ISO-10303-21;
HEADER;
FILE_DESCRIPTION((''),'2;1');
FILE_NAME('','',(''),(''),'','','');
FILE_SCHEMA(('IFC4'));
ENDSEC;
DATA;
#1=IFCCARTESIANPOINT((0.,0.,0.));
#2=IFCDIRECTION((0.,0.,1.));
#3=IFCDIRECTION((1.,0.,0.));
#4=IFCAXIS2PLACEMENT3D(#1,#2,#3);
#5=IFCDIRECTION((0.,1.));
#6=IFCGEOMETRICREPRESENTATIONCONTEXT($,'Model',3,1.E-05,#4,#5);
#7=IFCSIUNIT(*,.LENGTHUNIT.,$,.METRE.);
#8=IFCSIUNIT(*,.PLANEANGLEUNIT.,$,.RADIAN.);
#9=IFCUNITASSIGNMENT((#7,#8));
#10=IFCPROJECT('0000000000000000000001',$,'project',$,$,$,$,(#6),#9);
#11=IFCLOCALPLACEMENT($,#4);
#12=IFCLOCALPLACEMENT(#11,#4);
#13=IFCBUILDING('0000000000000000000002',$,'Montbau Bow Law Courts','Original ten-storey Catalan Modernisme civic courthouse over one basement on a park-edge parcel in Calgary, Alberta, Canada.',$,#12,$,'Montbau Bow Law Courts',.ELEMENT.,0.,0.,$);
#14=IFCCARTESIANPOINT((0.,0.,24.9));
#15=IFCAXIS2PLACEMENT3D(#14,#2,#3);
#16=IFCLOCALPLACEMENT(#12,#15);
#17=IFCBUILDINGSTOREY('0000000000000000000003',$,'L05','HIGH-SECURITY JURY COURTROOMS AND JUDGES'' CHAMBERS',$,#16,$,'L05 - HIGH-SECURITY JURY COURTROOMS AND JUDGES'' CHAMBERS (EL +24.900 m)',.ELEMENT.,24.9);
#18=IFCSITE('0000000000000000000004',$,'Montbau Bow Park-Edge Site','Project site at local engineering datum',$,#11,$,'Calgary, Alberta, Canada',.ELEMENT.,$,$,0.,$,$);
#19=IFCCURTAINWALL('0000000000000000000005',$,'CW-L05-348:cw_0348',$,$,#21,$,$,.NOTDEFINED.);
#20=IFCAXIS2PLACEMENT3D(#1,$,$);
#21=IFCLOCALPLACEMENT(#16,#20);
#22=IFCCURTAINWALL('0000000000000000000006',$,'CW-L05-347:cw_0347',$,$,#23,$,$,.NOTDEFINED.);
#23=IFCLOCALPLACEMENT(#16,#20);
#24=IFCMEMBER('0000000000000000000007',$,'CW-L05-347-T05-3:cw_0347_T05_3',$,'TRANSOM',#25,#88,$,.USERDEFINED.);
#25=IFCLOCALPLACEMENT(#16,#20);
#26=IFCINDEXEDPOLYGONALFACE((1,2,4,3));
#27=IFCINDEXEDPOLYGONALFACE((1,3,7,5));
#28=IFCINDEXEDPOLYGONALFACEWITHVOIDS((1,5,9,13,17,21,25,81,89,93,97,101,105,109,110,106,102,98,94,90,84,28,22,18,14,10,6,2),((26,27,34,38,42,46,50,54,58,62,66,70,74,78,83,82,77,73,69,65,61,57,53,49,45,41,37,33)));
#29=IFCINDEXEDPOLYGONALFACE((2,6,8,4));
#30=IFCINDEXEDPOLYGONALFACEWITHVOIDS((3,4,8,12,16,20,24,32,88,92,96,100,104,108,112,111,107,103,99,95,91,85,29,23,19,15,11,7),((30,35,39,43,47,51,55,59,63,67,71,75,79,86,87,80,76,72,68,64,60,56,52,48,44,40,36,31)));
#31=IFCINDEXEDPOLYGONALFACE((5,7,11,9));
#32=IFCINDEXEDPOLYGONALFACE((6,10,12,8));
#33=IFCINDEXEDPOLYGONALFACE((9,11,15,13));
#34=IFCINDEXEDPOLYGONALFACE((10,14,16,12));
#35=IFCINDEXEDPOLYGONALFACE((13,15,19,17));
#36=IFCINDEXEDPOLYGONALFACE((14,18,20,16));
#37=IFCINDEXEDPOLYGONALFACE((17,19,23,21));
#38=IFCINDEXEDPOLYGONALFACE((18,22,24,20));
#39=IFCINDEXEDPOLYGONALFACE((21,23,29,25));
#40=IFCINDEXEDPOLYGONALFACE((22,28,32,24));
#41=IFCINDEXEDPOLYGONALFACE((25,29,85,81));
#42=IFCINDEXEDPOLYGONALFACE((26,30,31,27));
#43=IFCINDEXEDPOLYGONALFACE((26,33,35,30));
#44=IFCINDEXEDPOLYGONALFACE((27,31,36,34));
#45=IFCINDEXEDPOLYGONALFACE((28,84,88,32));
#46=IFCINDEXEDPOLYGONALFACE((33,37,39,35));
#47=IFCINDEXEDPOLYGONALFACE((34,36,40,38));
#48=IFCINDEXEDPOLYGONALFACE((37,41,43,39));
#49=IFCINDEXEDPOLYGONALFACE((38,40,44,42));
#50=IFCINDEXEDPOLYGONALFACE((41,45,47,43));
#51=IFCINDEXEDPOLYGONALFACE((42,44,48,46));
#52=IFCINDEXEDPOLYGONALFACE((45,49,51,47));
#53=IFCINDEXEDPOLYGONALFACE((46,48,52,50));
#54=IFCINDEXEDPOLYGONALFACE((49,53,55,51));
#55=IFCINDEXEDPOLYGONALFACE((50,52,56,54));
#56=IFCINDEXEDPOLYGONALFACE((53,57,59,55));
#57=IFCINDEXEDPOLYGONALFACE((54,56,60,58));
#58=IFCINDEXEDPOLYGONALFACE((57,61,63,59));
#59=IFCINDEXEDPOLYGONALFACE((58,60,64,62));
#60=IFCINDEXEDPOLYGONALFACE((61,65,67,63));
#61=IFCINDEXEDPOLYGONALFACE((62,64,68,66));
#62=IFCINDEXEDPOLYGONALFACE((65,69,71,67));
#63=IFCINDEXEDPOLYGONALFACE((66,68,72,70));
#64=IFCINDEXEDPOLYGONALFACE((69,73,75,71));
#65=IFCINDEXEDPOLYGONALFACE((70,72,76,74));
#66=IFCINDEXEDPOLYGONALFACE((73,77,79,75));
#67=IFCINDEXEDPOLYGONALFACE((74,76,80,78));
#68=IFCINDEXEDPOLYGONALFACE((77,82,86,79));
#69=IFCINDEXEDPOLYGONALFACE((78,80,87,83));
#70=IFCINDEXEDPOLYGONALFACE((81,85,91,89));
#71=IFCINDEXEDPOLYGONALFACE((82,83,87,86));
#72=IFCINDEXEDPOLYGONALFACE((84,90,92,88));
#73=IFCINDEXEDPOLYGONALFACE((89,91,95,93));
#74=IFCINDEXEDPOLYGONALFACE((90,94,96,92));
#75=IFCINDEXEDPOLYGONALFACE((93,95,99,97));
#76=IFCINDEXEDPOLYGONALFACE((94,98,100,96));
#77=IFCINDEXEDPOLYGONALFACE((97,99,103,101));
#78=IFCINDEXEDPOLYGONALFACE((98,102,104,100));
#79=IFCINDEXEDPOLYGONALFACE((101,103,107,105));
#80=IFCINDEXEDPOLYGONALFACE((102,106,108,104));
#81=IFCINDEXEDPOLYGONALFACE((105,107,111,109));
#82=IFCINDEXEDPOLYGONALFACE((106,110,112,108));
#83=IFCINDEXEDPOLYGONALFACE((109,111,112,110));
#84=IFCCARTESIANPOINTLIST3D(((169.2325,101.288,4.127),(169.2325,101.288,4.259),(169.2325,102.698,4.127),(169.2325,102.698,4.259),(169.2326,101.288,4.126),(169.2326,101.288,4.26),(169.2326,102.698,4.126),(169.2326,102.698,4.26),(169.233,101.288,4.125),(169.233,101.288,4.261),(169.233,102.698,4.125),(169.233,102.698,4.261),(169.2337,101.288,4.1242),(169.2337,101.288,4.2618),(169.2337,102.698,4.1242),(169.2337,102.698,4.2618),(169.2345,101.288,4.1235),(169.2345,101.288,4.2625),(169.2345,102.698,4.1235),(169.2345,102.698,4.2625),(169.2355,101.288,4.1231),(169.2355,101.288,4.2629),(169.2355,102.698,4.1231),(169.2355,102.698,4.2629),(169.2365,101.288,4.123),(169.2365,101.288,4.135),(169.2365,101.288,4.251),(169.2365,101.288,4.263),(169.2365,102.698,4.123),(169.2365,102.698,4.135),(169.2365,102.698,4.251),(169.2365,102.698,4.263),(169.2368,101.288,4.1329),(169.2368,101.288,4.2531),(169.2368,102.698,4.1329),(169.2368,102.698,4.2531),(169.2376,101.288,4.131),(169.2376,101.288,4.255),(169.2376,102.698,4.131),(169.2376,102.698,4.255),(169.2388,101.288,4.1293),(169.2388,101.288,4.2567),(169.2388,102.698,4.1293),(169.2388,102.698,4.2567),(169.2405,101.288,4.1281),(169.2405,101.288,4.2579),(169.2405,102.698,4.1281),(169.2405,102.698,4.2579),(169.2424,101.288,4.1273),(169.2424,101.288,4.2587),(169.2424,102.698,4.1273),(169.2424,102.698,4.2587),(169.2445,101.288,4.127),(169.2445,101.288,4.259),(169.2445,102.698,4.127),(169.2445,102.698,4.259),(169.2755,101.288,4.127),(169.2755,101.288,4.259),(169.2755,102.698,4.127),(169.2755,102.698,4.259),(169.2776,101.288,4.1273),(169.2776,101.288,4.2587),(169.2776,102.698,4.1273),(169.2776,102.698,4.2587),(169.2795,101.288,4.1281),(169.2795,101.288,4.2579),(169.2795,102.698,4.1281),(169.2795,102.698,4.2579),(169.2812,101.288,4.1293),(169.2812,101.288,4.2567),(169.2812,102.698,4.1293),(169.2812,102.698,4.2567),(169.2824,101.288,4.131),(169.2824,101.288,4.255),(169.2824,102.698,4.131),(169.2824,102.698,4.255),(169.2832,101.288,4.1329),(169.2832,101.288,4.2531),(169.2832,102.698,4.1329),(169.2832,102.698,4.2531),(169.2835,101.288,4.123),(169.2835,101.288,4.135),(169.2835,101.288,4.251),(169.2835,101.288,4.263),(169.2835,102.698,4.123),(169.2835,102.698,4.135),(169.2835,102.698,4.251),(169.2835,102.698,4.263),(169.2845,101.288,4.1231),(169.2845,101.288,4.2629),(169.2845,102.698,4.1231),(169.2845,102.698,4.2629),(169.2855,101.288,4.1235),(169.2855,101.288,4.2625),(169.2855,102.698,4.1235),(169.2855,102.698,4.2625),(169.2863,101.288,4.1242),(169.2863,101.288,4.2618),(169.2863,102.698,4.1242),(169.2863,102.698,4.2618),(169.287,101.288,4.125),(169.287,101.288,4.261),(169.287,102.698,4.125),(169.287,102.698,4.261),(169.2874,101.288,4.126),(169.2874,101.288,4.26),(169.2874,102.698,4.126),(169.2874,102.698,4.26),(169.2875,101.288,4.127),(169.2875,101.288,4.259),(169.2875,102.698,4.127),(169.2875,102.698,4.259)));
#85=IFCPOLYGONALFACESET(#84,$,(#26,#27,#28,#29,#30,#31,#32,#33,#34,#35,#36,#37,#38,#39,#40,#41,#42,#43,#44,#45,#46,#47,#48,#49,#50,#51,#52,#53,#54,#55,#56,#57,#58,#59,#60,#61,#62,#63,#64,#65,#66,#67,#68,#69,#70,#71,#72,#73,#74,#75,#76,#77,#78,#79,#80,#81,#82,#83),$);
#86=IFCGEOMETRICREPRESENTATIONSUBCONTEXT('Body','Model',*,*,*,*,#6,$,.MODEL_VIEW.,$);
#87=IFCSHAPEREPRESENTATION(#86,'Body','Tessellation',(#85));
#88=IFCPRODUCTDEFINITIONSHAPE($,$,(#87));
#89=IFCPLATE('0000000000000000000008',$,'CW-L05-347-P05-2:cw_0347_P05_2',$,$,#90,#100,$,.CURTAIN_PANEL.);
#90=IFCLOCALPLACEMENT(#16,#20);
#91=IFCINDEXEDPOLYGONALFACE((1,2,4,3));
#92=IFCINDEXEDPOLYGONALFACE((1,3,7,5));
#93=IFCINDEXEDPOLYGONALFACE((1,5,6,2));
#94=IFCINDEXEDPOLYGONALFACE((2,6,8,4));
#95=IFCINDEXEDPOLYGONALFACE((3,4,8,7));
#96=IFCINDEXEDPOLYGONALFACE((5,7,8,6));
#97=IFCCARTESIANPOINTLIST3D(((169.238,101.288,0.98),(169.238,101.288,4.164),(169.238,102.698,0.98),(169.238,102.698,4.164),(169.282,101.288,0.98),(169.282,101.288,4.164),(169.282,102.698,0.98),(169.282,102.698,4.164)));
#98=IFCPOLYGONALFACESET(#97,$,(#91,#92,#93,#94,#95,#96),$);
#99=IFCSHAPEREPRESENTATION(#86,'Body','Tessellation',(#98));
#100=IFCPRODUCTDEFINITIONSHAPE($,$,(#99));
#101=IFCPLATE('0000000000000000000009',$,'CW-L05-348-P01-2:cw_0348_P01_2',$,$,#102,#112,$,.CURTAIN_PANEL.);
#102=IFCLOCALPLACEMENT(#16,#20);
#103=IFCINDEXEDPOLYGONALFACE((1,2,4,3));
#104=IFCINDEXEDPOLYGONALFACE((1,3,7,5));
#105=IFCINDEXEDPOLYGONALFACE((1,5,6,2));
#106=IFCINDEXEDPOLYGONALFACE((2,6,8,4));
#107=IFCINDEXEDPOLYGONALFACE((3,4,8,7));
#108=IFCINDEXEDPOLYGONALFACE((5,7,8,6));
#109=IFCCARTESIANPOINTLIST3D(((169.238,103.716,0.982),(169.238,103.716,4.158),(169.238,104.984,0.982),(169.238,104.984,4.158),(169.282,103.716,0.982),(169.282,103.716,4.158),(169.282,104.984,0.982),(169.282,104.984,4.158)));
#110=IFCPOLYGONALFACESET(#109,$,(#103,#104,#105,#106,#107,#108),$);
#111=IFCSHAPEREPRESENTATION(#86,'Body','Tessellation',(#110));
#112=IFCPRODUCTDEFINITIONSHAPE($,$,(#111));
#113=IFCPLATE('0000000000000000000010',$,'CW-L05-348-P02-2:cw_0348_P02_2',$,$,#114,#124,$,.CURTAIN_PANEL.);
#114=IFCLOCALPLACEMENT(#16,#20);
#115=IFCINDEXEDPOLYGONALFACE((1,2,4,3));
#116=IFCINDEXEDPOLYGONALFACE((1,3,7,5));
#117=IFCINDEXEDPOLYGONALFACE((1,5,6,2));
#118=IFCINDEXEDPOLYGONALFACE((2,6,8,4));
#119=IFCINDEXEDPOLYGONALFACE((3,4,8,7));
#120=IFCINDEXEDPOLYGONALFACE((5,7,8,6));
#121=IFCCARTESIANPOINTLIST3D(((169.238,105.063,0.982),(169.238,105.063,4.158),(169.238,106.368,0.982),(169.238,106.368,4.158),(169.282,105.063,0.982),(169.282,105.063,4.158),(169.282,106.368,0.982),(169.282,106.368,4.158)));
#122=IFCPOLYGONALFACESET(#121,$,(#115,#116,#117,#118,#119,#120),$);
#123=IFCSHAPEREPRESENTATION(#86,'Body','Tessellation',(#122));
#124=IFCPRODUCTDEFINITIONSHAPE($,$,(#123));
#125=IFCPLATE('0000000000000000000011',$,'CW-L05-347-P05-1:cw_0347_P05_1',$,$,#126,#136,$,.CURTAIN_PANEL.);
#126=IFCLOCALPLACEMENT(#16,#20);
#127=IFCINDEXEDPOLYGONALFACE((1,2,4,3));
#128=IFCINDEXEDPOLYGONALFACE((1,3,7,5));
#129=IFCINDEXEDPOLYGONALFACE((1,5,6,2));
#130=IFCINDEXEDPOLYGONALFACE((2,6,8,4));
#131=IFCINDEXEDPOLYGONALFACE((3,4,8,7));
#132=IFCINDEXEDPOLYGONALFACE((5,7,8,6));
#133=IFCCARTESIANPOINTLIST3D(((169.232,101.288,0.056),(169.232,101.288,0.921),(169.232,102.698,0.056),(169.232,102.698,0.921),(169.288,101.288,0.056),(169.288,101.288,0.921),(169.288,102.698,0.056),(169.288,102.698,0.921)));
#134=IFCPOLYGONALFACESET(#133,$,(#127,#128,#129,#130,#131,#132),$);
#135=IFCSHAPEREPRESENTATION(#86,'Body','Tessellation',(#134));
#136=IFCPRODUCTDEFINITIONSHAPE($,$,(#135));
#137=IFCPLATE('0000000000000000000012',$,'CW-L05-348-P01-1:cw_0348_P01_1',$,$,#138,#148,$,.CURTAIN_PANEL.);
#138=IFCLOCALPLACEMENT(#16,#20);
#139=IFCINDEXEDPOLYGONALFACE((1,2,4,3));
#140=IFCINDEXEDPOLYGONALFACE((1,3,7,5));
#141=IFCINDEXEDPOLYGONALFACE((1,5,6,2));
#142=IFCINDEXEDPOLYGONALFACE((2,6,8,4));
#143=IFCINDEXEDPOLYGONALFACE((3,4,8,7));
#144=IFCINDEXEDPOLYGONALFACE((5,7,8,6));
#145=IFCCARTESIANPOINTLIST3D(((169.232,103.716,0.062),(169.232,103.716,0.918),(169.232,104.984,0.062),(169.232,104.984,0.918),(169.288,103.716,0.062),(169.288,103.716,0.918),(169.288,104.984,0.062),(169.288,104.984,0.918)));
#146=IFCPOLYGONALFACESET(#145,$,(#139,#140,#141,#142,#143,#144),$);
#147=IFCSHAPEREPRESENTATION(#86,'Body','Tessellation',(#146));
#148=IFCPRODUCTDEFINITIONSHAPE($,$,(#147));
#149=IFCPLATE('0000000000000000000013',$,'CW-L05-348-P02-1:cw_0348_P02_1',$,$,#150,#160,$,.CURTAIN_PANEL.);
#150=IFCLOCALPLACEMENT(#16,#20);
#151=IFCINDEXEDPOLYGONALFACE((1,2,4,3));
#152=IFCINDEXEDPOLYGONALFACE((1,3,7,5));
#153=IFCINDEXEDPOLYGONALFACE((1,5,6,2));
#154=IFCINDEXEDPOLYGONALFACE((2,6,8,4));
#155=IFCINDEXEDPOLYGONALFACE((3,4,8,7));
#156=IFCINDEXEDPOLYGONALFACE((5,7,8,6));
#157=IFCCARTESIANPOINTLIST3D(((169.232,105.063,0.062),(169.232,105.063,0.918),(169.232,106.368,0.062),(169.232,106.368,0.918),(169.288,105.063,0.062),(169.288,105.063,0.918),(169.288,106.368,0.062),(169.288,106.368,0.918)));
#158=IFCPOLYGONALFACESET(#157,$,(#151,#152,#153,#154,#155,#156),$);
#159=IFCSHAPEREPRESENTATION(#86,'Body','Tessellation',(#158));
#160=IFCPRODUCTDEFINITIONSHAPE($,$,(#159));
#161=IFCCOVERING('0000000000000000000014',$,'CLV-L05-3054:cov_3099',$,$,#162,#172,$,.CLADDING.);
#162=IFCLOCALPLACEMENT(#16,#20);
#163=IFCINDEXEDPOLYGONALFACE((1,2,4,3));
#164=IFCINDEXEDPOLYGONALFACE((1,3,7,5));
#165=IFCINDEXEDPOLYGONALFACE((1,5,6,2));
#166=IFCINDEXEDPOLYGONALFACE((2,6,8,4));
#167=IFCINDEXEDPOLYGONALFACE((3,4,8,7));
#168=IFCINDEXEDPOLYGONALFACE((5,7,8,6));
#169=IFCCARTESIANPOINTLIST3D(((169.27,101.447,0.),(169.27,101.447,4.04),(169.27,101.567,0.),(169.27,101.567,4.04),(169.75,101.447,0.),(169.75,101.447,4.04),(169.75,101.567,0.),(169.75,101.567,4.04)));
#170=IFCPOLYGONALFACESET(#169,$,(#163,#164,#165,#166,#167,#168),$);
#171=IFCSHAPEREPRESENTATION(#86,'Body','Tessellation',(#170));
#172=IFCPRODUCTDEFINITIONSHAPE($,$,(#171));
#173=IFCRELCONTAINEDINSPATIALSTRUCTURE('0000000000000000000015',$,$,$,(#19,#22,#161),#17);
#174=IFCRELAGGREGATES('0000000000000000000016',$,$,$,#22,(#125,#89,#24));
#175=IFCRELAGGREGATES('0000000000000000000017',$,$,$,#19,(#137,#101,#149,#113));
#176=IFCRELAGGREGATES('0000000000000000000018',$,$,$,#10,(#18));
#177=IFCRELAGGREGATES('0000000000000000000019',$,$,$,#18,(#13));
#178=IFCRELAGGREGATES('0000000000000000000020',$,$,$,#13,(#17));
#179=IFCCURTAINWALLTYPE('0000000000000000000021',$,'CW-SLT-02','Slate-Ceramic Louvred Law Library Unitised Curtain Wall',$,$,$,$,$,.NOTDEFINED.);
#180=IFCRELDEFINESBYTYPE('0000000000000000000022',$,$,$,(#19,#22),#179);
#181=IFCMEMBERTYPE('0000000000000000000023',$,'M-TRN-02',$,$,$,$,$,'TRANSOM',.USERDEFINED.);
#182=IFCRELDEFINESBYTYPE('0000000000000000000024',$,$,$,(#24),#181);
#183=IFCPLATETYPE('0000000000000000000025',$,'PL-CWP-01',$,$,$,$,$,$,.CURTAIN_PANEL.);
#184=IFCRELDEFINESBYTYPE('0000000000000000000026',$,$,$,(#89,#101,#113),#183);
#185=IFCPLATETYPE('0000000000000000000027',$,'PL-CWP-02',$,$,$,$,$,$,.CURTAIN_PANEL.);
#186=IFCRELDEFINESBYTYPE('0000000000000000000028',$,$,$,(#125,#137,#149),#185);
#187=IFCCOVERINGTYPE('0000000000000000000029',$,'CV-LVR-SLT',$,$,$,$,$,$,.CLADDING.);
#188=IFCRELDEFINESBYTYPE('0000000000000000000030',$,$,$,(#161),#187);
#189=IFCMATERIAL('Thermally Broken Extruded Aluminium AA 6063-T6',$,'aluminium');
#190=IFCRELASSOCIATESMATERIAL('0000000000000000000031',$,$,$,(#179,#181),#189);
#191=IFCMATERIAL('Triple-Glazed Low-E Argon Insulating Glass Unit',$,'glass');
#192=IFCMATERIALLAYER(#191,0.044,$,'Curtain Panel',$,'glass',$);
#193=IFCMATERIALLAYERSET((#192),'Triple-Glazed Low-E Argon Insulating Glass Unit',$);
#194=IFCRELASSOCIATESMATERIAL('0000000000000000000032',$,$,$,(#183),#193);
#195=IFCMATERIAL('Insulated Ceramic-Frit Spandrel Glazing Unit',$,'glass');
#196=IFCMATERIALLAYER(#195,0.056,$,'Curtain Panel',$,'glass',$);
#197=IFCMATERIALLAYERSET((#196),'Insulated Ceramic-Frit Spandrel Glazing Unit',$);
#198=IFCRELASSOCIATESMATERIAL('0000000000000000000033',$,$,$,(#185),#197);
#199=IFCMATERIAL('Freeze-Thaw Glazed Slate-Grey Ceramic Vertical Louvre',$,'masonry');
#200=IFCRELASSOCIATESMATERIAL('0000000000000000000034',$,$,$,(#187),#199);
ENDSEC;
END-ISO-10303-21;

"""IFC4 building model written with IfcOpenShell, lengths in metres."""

from ifc_helpers import new_model, si_unit, direction, frame, frame_2d, origin_with_axes, origin_2d_with_axis, place, context, subcontext, project, spatial, rectangle, hollow_rectangle, extrude, material, layer, layer_set, material_profile, profile_set, type_object, element, aggregate, save


model = new_model("IFC4")

# Units and contexts
model_context = context("Model", 3, precision=1e-05, world=origin_with_axes(), true_north=direction((0.0, 1.0)))
body_context = subcontext(model_context, "Body", "Model", "MODEL_VIEW")
ifc_project = project(units=[si_unit("LENGTHUNIT", "METRE"), si_unit("PLANEANGLEUNIT", "RADIAN")], contexts=[model_context])

# Site, building, storey
site_placement = place(None, origin_with_axes())
site = spatial("IfcSite", under=ifc_project, at=site_placement, Name="Montbau Bow Park-Edge Site", Description="Project site at local engineering datum", LongName="Calgary, Alberta, Canada", CompositionType="ELEMENT", RefElevation=0.0)
building_placement = place(site_placement, origin_with_axes())
building = spatial("IfcBuilding", under=site, at=building_placement, Name="Montbau Bow Law Courts", Description="Original ten-storey Catalan Modernisme civic courthouse over one basement on a park-edge parcel in Calgary, Alberta, Canada.", LongName="Montbau Bow Law Courts", CompositionType="ELEMENT", ElevationOfRefHeight=0.0, ElevationOfTerrain=0.0)
storey_placement = place(building_placement, frame((0.0, 0.0, 24.9), z_axis=(0.0, 0.0, 1.0), x_axis=(1.0, 0.0, 0.0)))
storey = spatial("IfcBuildingStorey", under=building, at=storey_placement, Name="L05", Description="HIGH-SECURITY JURY COURTROOMS AND JUDGES' CHAMBERS", LongName="L05 - HIGH-SECURITY JURY COURTROOMS AND JUDGES' CHAMBERS (EL +24.900 m)", CompositionType="ELEMENT", Elevation=24.9)

# Curtain wall
ifc_material_1 = material(Name="Thermally Broken Extruded Aluminium AA 6063-T6", Category="aluminium")
curtain_wall_type = type_object("IfcCurtainWallType", Name="CW-SLT-02", Description="Slate-Ceramic Louvred Law Library Unitised Curtain Wall", PredefinedType="NOTDEFINED", material=ifc_material_1)
curtain_wall_1_placement = place(None, frame((169.26, 103.64, 24.9), z_axis=(0.0, 0.0, 1.0), x_axis=(1.0, 0.0, 0.0)))
curtain_wall_1 = element("IfcCurtainWall", 1, at=curtain_wall_1_placement, inside=storey, type_object=curtain_wall_type, Name="CW-L05-348:cw_0348", PredefinedType="NOTDEFINED")

# Curtain wall
curtain_wall_2_placement = place(None, frame((169.26, 95.24, 24.9), z_axis=(0.0, 0.0, 1.0), x_axis=(1.0, 0.0, 0.0)))
curtain_wall_2 = element("IfcCurtainWall", 2, at=curtain_wall_2_placement, inside=storey, type_object=curtain_wall_type, Name="CW-L05-347:cw_0347", PredefinedType="NOTDEFINED")

# Member
ifc_material_profile_1 = material_profile(ifc_material_1, hollow_rectangle(XDim=0.055, YDim=0.14, WallThickness=0.004, InnerFilletRadius=0.008, OuterFilletRadius=0.004, at=origin_2d_with_axis()), Name="CWT-140X55", Category="Main", Priority=0)
ifc_profile_set_1 = profile_set([ifc_material_profile_1], Name="Thermally Broken Extruded Aluminium AA 6063-T6")
member_type_1 = type_object("IfcMemberType", Name="M-TRN-02", ElementType="TRANSOM", PredefinedType="USERDEFINED", material=ifc_profile_set_1)
member_1_placement = place(None, frame((169.26, 101.288, 29.093), z_axis=(0.0, 1.0, 0.0), x_axis=(-1.0, 0.0, 0.0)))
member_1 = element("IfcMember", 3, at=member_1_placement, type_object=member_type_1, Name="CW-L05-347-T05-3:cw_0347_T05_3", ObjectType="TRANSOM", PredefinedType="USERDEFINED", context=body_context, shape_type="SweptSolid", body=[
    extrude(hollow_rectangle(XDim=0.055, YDim=0.14, WallThickness=0.004, InnerFilletRadius=0.008, OuterFilletRadius=0.004, at=origin_2d_with_axis()), origin_with_axes(), (0.0, 0.0, 1.0), 1.41),
])

# Plates
ifc_material_2 = material(Name="Triple-Glazed Low-E Argon Insulating Glass Unit", Category="glass")
ifc_layer_1 = layer(ifc_material_2, 0.044, Name="Curtain Panel", Category="glass")
ifc_layer_set_1 = layer_set([ifc_layer_1], Name="Triple-Glazed Low-E Argon Insulating Glass Unit")
plate_type_1 = type_object("IfcPlateType", Name="PL-CWP-01", PredefinedType="CURTAIN_PANEL", material=ifc_layer_set_1)
plate_1_placement = place(None, frame((169.26, 101.288, 25.88), z_axis=(1.0, 0.0, 0.0), x_axis=(0.0, 1.0, 0.0)))
plate_1 = element("IfcPlate", 4, at=plate_1_placement, type_object=plate_type_1, Name="CW-L05-347-P05-2:cw_0347_P05_2", PredefinedType="CURTAIN_PANEL", context=body_context, shape_type="SweptSolid", body=[
    extrude(rectangle(XDim=1.41, YDim=3.184, at=frame_2d((0.705, 1.592), x_axis=(1.0, 0.0))), frame((0.0, 0.0, -0.022), z_axis=(0.0, 0.0, 1.0), x_axis=(1.0, 0.0, 0.0)), (0.0, 0.0, 1.0), 0.044),
])
plate_2_placement = place(None, frame((169.26, 103.716, 25.882), z_axis=(1.0, 0.0, 0.0), x_axis=(0.0, 1.0, 0.0)))
plate_2 = element("IfcPlate", 5, at=plate_2_placement, type_object=plate_type_1, Name="CW-L05-348-P01-2:cw_0348_P01_2", PredefinedType="CURTAIN_PANEL", context=body_context, shape_type="SweptSolid", body=[
    extrude(rectangle(XDim=1.268, YDim=3.176, at=frame_2d((0.634, 1.588), x_axis=(1.0, 0.0))), frame((0.0, 0.0, -0.022), z_axis=(0.0, 0.0, 1.0), x_axis=(1.0, 0.0, 0.0)), (0.0, 0.0, 1.0), 0.044),
])
plate_3_placement = place(None, frame((169.26, 105.063, 25.882), z_axis=(1.0, 0.0, 0.0), x_axis=(0.0, 1.0, 0.0)))
plate_3 = element("IfcPlate", 6, at=plate_3_placement, type_object=plate_type_1, Name="CW-L05-348-P02-2:cw_0348_P02_2", PredefinedType="CURTAIN_PANEL", context=body_context, shape_type="SweptSolid", body=[
    extrude(rectangle(XDim=1.305, YDim=3.176, at=frame_2d((0.6525, 1.588), x_axis=(1.0, 0.0))), frame((0.0, 0.0, -0.022), z_axis=(0.0, 0.0, 1.0), x_axis=(1.0, 0.0, 0.0)), (0.0, 0.0, 1.0), 0.044),
])
ifc_material_3 = material(Name="Insulated Ceramic-Frit Spandrel Glazing Unit", Category="glass")
ifc_layer_2 = layer(ifc_material_3, 0.056, Name="Curtain Panel", Category="glass")
ifc_layer_set_2 = layer_set([ifc_layer_2], Name="Insulated Ceramic-Frit Spandrel Glazing Unit")
plate_type_2 = type_object("IfcPlateType", Name="PL-CWP-02", PredefinedType="CURTAIN_PANEL", material=ifc_layer_set_2)
plate_4_placement = place(None, frame((169.26, 101.288, 24.956), z_axis=(1.0, 0.0, 0.0), x_axis=(0.0, 1.0, 0.0)))
plate_4 = element("IfcPlate", 7, at=plate_4_placement, type_object=plate_type_2, Name="CW-L05-347-P05-1:cw_0347_P05_1", PredefinedType="CURTAIN_PANEL", context=body_context, shape_type="SweptSolid", body=[
    extrude(rectangle(XDim=1.41, YDim=0.865, at=frame_2d((0.705, 0.4325), x_axis=(1.0, 0.0))), frame((0.0, 0.0, -0.028), z_axis=(0.0, 0.0, 1.0), x_axis=(1.0, 0.0, 0.0)), (0.0, 0.0, 1.0), 0.056),
])
aggregate(curtain_wall_2, [plate_4, plate_1, member_1])
plate_5_placement = place(None, frame((169.26, 103.716, 24.962), z_axis=(1.0, 0.0, 0.0), x_axis=(0.0, 1.0, 0.0)))
plate_5 = element("IfcPlate", 8, at=plate_5_placement, type_object=plate_type_2, Name="CW-L05-348-P01-1:cw_0348_P01_1", PredefinedType="CURTAIN_PANEL", context=body_context, shape_type="SweptSolid", body=[
    extrude(rectangle(XDim=1.268, YDim=0.856, at=frame_2d((0.634, 0.428), x_axis=(1.0, 0.0))), frame((0.0, 0.0, -0.028), z_axis=(0.0, 0.0, 1.0), x_axis=(1.0, 0.0, 0.0)), (0.0, 0.0, 1.0), 0.056),
])
plate_6_placement = place(None, frame((169.26, 105.063, 24.962), z_axis=(1.0, 0.0, 0.0), x_axis=(0.0, 1.0, 0.0)))
plate_6 = element("IfcPlate", 9, at=plate_6_placement, type_object=plate_type_2, Name="CW-L05-348-P02-1:cw_0348_P02_1", PredefinedType="CURTAIN_PANEL", context=body_context, shape_type="SweptSolid", body=[
    extrude(rectangle(XDim=1.305, YDim=0.856, at=frame_2d((0.6525, 0.428), x_axis=(1.0, 0.0))), frame((0.0, 0.0, -0.028), z_axis=(0.0, 0.0, 1.0), x_axis=(1.0, 0.0, 0.0)), (0.0, 0.0, 1.0), 0.056),
])
aggregate(curtain_wall_1, [plate_5, plate_2, plate_6, plate_3])

# Covering
ifc_material_4 = material(Name="Freeze-Thaw Glazed Slate-Grey Ceramic Vertical Louvre", Category="masonry")
covering_type = type_object("IfcCoveringType", Name="CV-LVR-SLT", PredefinedType="CLADDING", material=ifc_material_4)
covering_placement = place(None, frame((169.27, 101.507, 24.9), z_axis=(0.0, -1.0, 0.0), x_axis=(1.0, 0.0, 0.0)))
element("IfcCovering", 10, at=covering_placement, inside=storey, type_object=covering_type, Name="CLV-L05-3054:cov_3099", PredefinedType="CLADDING", context=body_context, shape_type="SweptSolid", body=[
    extrude(rectangle(XDim=0.48, YDim=4.04, at=frame_2d((0.24, 2.02), x_axis=(1.0, 0.0))), frame((0.0, 0.0, -0.06), z_axis=(0.0, 0.0, 1.0), x_axis=(1.0, 0.0, 0.0)), (0.0, 0.0, 1.0), 0.12),
])

save(model, "model.ifc")
